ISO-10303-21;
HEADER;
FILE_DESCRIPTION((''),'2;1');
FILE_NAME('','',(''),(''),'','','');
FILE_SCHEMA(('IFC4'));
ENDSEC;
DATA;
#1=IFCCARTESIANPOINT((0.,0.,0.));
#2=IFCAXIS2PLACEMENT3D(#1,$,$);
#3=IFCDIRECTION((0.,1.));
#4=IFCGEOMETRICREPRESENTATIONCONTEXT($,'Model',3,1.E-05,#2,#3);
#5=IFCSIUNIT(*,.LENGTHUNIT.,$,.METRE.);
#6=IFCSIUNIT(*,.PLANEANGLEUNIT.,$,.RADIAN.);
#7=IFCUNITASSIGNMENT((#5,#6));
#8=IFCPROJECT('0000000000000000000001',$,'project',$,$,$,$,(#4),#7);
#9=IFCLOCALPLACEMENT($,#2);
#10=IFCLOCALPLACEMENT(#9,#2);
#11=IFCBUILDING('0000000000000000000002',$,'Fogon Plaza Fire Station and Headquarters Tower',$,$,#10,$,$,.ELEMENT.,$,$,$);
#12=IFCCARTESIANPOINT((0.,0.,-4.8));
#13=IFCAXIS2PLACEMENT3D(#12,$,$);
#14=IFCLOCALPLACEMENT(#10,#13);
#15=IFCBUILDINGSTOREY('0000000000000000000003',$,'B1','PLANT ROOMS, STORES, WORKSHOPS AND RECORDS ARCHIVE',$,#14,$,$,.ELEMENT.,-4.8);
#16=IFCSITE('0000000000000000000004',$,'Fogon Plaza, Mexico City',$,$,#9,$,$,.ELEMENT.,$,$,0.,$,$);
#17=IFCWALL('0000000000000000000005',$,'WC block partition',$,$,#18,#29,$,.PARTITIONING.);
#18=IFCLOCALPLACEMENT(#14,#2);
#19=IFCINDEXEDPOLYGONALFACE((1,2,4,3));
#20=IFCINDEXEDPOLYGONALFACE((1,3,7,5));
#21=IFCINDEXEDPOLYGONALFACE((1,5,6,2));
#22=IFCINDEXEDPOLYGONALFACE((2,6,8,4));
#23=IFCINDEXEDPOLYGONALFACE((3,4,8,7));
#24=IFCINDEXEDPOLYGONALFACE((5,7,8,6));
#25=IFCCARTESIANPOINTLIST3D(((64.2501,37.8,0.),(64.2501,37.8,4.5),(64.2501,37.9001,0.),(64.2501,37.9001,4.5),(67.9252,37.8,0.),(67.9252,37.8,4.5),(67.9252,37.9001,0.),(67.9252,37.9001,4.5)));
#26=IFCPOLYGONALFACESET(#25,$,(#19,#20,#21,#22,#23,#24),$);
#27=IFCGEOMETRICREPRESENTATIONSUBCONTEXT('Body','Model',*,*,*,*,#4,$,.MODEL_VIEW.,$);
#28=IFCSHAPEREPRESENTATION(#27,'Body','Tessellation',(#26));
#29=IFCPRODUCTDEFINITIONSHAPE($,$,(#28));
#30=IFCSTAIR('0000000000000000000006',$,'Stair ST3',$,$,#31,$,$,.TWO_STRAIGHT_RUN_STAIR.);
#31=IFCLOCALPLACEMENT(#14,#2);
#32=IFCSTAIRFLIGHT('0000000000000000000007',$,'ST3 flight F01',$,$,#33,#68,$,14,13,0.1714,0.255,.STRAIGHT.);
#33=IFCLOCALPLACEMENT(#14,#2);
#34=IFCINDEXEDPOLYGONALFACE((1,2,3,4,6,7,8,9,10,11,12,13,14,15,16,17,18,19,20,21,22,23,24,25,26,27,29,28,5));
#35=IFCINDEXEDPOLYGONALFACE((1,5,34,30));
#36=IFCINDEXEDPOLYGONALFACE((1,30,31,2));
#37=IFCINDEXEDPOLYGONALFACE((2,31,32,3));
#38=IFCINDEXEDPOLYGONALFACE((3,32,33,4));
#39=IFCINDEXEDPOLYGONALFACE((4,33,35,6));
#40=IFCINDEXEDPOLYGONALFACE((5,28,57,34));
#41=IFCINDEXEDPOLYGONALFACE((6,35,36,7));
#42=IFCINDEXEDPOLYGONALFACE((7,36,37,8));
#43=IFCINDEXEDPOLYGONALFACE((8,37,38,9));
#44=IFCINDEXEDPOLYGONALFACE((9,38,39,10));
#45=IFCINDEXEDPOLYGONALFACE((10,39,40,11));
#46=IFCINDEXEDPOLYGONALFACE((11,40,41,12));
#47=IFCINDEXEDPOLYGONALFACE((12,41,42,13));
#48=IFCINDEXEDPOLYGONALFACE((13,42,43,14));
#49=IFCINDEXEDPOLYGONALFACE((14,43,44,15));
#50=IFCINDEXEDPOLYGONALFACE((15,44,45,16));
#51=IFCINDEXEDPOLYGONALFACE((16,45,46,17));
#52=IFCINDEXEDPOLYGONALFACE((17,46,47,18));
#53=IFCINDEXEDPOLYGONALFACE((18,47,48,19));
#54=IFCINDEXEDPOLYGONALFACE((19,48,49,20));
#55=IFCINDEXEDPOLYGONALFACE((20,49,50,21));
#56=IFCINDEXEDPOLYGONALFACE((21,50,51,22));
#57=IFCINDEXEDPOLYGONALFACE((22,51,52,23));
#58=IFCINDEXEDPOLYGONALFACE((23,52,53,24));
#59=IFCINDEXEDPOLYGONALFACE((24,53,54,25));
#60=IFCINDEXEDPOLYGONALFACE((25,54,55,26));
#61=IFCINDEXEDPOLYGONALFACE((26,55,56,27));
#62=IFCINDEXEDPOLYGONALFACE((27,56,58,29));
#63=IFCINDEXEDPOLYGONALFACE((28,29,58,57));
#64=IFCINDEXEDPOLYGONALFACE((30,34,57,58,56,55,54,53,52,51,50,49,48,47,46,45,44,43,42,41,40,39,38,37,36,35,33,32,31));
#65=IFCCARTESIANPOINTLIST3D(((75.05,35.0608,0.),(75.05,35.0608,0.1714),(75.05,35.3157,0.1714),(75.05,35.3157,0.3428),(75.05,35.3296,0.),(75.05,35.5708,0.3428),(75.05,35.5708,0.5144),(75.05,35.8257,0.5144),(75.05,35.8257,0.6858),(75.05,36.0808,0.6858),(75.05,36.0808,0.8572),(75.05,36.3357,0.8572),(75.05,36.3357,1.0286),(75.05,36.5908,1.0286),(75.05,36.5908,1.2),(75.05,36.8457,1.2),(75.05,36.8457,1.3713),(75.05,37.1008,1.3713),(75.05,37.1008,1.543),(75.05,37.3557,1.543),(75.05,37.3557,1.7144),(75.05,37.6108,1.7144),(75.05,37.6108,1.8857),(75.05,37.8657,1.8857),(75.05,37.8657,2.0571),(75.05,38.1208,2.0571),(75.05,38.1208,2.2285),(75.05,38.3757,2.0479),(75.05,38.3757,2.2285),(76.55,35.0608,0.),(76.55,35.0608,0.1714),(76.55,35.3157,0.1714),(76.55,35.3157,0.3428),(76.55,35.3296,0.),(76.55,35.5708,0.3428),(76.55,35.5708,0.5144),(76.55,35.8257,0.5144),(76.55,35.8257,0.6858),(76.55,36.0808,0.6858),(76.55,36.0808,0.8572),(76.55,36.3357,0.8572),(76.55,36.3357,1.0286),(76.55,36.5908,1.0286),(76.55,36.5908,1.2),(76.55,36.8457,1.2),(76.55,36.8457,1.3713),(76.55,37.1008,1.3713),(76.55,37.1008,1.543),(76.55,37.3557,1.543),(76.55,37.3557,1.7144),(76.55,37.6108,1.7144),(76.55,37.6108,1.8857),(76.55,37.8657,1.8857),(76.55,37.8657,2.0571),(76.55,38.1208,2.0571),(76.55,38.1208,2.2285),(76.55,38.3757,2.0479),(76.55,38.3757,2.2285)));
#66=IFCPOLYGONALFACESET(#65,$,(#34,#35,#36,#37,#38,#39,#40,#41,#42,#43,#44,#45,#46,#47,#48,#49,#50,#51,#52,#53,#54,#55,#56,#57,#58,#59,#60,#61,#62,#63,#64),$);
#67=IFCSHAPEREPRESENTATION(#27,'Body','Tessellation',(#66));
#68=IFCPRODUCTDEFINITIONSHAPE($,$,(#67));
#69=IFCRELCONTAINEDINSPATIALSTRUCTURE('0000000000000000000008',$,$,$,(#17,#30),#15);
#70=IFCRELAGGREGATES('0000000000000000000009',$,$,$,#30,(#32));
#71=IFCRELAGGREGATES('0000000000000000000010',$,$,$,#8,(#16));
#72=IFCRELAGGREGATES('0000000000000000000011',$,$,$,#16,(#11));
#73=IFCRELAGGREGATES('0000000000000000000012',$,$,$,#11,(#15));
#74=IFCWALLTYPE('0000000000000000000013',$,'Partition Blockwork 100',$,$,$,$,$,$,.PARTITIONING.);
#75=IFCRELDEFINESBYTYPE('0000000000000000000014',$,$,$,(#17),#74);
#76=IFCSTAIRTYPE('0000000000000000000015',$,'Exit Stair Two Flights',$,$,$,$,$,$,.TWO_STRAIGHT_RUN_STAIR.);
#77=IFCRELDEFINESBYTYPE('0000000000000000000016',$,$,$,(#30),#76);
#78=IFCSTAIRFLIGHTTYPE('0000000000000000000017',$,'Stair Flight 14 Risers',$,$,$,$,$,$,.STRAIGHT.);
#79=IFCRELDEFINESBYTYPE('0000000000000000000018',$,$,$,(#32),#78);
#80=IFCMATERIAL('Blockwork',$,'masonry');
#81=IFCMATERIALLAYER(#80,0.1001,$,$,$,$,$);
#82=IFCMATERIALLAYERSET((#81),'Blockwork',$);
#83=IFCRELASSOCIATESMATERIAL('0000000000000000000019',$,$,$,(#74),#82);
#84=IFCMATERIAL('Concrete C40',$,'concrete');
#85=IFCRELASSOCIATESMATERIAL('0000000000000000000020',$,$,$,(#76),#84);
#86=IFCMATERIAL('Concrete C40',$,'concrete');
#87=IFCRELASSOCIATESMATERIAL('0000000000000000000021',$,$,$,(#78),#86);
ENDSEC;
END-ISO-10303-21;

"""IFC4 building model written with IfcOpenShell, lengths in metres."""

from ifc_helpers import new_model, si_unit, direction, frame, frame_2d, origin, place, context, subcontext, project, spatial, polyline, rectangle, outline, extrude, material, layer, layer_set, type_object, element, aggregate, save


model = new_model("IFC4")

# Units and contexts
model_context = context("Model", 3, precision=1e-05, world=origin(), true_north=direction((0.0, 1.0)))
body_context = subcontext(model_context, "Body", "Model", "MODEL_VIEW")
ifc_project = project(units=[si_unit("LENGTHUNIT", "METRE"), si_unit("PLANEANGLEUNIT", "RADIAN")], contexts=[model_context])

# Site, building, storey
site_placement = place(None, origin())
site = spatial("IfcSite", under=ifc_project, at=site_placement, Name="Fogon Plaza, Mexico City", CompositionType="ELEMENT", RefElevation=0.0)
building_placement = place(site_placement, origin())
building = spatial("IfcBuilding", under=site, at=building_placement, Name="Fogon Plaza Fire Station and Headquarters Tower", CompositionType="ELEMENT")
storey_placement = place(building_placement, frame((0.0, 0.0, -4.8)))
storey = spatial("IfcBuildingStorey", under=building, at=storey_placement, Name="B1", Description="PLANT ROOMS, STORES, WORKSHOPS AND RECORDS ARCHIVE", CompositionType="ELEMENT", Elevation=-4.8)

# Shared definitions
ifc_material_1 = material(Name="Blockwork", Category="masonry")
ifc_layer_1 = layer(ifc_material_1, 0.1001)
ifc_layer_set_1 = layer_set([ifc_layer_1], Name="Blockwork")
wall_type_1 = type_object("IfcWallType", Name="Partition Blockwork 100", PredefinedType="PARTITIONING", material=ifc_layer_set_1)

# Wall
wall_1_placement = place(storey_placement, frame((67.925, 37.8501, 0.0), z_axis=(0.0, 0.0, 1.0), x_axis=(-1.0, 0.0, 0.0)))
element("IfcWall", 1, at=wall_1_placement, inside=storey, type_object=wall_type_1, Name="WC block partition", PredefinedType="PARTITIONING", context=body_context, shape_type="SweptSolid", body=[
    extrude(rectangle(XDim=3.675, YDim=0.1001, at=frame_2d((1.8374, 0.0))), origin(), (0.0, 0.0, 1.0), 4.5),
])

# Stair, stair flight
ifc_material_2 = material(Name="Concrete C40", Category="concrete")
stair_type = type_object("IfcStairType", Name="Exit Stair Two Flights", PredefinedType="TWO_STRAIGHT_RUN_STAIR", material=ifc_material_2)
stair_placement = place(storey_placement, origin())
stair = element("IfcStair", 2, at=stair_placement, inside=storey, type_object=stair_type, Name="Stair ST3", PredefinedType="TWO_STRAIGHT_RUN_STAIR")
ifc_material_3 = material(Name="Concrete C40", Category="concrete")
stair_flight_type = type_object("IfcStairFlightType", Name="Stair Flight 14 Risers", PredefinedType="STRAIGHT", material=ifc_material_3)
stair_flight_placement = place(storey_placement, frame((75.8, 35.0608, 0.0), z_axis=(0.0, 0.0, 1.0), x_axis=(0.0, 1.0, 0.0)))
stair_flight = element("IfcStairFlight", 3, at=stair_flight_placement, type_object=stair_flight_type, Name="ST3 flight F01", NumberOfRisers=14, NumberOfTreads=13, PredefinedType="STRAIGHT", RiserHeight=0.1714, TreadLength=0.255, context=body_context, shape_type="SweptSolid", body=[
    extrude(outline(polyline([(0.0, 0.0), (0.0, 0.1714), (0.2549, 0.1714), (0.2549, 0.3428), (0.51, 0.3428), (0.51, 0.5144), (0.7649, 0.5144), (0.7649, 0.6858), (1.02, 0.6858), (1.02, 0.8572), (1.2749, 0.8572), (1.2749, 1.0286), (1.53, 1.0286), (1.53, 1.2), (1.7849, 1.2), (1.7849, 1.3713), (2.04, 1.3713), (2.04, 1.543), (2.2949, 1.543), (2.2949, 1.7144), (2.55, 1.7144), (2.55, 1.8857), (2.8049, 1.8857), (2.8049, 2.0571), (3.0601, 2.0571), (3.0601, 2.2285), (3.3149, 2.2285), (3.3149, 2.3999), (3.3149, 2.0479), (0.2688, 0.0), (0.0, 0.0)])), frame((0.0, 0.75, 0.0), z_axis=(0.0, -1.0, 0.0), x_axis=(1.0, 0.0, 0.0)), (0.0, 0.0, 1.0), 1.5),
])
aggregate(stair, [stair_flight])

save(model, "model.ifc")
